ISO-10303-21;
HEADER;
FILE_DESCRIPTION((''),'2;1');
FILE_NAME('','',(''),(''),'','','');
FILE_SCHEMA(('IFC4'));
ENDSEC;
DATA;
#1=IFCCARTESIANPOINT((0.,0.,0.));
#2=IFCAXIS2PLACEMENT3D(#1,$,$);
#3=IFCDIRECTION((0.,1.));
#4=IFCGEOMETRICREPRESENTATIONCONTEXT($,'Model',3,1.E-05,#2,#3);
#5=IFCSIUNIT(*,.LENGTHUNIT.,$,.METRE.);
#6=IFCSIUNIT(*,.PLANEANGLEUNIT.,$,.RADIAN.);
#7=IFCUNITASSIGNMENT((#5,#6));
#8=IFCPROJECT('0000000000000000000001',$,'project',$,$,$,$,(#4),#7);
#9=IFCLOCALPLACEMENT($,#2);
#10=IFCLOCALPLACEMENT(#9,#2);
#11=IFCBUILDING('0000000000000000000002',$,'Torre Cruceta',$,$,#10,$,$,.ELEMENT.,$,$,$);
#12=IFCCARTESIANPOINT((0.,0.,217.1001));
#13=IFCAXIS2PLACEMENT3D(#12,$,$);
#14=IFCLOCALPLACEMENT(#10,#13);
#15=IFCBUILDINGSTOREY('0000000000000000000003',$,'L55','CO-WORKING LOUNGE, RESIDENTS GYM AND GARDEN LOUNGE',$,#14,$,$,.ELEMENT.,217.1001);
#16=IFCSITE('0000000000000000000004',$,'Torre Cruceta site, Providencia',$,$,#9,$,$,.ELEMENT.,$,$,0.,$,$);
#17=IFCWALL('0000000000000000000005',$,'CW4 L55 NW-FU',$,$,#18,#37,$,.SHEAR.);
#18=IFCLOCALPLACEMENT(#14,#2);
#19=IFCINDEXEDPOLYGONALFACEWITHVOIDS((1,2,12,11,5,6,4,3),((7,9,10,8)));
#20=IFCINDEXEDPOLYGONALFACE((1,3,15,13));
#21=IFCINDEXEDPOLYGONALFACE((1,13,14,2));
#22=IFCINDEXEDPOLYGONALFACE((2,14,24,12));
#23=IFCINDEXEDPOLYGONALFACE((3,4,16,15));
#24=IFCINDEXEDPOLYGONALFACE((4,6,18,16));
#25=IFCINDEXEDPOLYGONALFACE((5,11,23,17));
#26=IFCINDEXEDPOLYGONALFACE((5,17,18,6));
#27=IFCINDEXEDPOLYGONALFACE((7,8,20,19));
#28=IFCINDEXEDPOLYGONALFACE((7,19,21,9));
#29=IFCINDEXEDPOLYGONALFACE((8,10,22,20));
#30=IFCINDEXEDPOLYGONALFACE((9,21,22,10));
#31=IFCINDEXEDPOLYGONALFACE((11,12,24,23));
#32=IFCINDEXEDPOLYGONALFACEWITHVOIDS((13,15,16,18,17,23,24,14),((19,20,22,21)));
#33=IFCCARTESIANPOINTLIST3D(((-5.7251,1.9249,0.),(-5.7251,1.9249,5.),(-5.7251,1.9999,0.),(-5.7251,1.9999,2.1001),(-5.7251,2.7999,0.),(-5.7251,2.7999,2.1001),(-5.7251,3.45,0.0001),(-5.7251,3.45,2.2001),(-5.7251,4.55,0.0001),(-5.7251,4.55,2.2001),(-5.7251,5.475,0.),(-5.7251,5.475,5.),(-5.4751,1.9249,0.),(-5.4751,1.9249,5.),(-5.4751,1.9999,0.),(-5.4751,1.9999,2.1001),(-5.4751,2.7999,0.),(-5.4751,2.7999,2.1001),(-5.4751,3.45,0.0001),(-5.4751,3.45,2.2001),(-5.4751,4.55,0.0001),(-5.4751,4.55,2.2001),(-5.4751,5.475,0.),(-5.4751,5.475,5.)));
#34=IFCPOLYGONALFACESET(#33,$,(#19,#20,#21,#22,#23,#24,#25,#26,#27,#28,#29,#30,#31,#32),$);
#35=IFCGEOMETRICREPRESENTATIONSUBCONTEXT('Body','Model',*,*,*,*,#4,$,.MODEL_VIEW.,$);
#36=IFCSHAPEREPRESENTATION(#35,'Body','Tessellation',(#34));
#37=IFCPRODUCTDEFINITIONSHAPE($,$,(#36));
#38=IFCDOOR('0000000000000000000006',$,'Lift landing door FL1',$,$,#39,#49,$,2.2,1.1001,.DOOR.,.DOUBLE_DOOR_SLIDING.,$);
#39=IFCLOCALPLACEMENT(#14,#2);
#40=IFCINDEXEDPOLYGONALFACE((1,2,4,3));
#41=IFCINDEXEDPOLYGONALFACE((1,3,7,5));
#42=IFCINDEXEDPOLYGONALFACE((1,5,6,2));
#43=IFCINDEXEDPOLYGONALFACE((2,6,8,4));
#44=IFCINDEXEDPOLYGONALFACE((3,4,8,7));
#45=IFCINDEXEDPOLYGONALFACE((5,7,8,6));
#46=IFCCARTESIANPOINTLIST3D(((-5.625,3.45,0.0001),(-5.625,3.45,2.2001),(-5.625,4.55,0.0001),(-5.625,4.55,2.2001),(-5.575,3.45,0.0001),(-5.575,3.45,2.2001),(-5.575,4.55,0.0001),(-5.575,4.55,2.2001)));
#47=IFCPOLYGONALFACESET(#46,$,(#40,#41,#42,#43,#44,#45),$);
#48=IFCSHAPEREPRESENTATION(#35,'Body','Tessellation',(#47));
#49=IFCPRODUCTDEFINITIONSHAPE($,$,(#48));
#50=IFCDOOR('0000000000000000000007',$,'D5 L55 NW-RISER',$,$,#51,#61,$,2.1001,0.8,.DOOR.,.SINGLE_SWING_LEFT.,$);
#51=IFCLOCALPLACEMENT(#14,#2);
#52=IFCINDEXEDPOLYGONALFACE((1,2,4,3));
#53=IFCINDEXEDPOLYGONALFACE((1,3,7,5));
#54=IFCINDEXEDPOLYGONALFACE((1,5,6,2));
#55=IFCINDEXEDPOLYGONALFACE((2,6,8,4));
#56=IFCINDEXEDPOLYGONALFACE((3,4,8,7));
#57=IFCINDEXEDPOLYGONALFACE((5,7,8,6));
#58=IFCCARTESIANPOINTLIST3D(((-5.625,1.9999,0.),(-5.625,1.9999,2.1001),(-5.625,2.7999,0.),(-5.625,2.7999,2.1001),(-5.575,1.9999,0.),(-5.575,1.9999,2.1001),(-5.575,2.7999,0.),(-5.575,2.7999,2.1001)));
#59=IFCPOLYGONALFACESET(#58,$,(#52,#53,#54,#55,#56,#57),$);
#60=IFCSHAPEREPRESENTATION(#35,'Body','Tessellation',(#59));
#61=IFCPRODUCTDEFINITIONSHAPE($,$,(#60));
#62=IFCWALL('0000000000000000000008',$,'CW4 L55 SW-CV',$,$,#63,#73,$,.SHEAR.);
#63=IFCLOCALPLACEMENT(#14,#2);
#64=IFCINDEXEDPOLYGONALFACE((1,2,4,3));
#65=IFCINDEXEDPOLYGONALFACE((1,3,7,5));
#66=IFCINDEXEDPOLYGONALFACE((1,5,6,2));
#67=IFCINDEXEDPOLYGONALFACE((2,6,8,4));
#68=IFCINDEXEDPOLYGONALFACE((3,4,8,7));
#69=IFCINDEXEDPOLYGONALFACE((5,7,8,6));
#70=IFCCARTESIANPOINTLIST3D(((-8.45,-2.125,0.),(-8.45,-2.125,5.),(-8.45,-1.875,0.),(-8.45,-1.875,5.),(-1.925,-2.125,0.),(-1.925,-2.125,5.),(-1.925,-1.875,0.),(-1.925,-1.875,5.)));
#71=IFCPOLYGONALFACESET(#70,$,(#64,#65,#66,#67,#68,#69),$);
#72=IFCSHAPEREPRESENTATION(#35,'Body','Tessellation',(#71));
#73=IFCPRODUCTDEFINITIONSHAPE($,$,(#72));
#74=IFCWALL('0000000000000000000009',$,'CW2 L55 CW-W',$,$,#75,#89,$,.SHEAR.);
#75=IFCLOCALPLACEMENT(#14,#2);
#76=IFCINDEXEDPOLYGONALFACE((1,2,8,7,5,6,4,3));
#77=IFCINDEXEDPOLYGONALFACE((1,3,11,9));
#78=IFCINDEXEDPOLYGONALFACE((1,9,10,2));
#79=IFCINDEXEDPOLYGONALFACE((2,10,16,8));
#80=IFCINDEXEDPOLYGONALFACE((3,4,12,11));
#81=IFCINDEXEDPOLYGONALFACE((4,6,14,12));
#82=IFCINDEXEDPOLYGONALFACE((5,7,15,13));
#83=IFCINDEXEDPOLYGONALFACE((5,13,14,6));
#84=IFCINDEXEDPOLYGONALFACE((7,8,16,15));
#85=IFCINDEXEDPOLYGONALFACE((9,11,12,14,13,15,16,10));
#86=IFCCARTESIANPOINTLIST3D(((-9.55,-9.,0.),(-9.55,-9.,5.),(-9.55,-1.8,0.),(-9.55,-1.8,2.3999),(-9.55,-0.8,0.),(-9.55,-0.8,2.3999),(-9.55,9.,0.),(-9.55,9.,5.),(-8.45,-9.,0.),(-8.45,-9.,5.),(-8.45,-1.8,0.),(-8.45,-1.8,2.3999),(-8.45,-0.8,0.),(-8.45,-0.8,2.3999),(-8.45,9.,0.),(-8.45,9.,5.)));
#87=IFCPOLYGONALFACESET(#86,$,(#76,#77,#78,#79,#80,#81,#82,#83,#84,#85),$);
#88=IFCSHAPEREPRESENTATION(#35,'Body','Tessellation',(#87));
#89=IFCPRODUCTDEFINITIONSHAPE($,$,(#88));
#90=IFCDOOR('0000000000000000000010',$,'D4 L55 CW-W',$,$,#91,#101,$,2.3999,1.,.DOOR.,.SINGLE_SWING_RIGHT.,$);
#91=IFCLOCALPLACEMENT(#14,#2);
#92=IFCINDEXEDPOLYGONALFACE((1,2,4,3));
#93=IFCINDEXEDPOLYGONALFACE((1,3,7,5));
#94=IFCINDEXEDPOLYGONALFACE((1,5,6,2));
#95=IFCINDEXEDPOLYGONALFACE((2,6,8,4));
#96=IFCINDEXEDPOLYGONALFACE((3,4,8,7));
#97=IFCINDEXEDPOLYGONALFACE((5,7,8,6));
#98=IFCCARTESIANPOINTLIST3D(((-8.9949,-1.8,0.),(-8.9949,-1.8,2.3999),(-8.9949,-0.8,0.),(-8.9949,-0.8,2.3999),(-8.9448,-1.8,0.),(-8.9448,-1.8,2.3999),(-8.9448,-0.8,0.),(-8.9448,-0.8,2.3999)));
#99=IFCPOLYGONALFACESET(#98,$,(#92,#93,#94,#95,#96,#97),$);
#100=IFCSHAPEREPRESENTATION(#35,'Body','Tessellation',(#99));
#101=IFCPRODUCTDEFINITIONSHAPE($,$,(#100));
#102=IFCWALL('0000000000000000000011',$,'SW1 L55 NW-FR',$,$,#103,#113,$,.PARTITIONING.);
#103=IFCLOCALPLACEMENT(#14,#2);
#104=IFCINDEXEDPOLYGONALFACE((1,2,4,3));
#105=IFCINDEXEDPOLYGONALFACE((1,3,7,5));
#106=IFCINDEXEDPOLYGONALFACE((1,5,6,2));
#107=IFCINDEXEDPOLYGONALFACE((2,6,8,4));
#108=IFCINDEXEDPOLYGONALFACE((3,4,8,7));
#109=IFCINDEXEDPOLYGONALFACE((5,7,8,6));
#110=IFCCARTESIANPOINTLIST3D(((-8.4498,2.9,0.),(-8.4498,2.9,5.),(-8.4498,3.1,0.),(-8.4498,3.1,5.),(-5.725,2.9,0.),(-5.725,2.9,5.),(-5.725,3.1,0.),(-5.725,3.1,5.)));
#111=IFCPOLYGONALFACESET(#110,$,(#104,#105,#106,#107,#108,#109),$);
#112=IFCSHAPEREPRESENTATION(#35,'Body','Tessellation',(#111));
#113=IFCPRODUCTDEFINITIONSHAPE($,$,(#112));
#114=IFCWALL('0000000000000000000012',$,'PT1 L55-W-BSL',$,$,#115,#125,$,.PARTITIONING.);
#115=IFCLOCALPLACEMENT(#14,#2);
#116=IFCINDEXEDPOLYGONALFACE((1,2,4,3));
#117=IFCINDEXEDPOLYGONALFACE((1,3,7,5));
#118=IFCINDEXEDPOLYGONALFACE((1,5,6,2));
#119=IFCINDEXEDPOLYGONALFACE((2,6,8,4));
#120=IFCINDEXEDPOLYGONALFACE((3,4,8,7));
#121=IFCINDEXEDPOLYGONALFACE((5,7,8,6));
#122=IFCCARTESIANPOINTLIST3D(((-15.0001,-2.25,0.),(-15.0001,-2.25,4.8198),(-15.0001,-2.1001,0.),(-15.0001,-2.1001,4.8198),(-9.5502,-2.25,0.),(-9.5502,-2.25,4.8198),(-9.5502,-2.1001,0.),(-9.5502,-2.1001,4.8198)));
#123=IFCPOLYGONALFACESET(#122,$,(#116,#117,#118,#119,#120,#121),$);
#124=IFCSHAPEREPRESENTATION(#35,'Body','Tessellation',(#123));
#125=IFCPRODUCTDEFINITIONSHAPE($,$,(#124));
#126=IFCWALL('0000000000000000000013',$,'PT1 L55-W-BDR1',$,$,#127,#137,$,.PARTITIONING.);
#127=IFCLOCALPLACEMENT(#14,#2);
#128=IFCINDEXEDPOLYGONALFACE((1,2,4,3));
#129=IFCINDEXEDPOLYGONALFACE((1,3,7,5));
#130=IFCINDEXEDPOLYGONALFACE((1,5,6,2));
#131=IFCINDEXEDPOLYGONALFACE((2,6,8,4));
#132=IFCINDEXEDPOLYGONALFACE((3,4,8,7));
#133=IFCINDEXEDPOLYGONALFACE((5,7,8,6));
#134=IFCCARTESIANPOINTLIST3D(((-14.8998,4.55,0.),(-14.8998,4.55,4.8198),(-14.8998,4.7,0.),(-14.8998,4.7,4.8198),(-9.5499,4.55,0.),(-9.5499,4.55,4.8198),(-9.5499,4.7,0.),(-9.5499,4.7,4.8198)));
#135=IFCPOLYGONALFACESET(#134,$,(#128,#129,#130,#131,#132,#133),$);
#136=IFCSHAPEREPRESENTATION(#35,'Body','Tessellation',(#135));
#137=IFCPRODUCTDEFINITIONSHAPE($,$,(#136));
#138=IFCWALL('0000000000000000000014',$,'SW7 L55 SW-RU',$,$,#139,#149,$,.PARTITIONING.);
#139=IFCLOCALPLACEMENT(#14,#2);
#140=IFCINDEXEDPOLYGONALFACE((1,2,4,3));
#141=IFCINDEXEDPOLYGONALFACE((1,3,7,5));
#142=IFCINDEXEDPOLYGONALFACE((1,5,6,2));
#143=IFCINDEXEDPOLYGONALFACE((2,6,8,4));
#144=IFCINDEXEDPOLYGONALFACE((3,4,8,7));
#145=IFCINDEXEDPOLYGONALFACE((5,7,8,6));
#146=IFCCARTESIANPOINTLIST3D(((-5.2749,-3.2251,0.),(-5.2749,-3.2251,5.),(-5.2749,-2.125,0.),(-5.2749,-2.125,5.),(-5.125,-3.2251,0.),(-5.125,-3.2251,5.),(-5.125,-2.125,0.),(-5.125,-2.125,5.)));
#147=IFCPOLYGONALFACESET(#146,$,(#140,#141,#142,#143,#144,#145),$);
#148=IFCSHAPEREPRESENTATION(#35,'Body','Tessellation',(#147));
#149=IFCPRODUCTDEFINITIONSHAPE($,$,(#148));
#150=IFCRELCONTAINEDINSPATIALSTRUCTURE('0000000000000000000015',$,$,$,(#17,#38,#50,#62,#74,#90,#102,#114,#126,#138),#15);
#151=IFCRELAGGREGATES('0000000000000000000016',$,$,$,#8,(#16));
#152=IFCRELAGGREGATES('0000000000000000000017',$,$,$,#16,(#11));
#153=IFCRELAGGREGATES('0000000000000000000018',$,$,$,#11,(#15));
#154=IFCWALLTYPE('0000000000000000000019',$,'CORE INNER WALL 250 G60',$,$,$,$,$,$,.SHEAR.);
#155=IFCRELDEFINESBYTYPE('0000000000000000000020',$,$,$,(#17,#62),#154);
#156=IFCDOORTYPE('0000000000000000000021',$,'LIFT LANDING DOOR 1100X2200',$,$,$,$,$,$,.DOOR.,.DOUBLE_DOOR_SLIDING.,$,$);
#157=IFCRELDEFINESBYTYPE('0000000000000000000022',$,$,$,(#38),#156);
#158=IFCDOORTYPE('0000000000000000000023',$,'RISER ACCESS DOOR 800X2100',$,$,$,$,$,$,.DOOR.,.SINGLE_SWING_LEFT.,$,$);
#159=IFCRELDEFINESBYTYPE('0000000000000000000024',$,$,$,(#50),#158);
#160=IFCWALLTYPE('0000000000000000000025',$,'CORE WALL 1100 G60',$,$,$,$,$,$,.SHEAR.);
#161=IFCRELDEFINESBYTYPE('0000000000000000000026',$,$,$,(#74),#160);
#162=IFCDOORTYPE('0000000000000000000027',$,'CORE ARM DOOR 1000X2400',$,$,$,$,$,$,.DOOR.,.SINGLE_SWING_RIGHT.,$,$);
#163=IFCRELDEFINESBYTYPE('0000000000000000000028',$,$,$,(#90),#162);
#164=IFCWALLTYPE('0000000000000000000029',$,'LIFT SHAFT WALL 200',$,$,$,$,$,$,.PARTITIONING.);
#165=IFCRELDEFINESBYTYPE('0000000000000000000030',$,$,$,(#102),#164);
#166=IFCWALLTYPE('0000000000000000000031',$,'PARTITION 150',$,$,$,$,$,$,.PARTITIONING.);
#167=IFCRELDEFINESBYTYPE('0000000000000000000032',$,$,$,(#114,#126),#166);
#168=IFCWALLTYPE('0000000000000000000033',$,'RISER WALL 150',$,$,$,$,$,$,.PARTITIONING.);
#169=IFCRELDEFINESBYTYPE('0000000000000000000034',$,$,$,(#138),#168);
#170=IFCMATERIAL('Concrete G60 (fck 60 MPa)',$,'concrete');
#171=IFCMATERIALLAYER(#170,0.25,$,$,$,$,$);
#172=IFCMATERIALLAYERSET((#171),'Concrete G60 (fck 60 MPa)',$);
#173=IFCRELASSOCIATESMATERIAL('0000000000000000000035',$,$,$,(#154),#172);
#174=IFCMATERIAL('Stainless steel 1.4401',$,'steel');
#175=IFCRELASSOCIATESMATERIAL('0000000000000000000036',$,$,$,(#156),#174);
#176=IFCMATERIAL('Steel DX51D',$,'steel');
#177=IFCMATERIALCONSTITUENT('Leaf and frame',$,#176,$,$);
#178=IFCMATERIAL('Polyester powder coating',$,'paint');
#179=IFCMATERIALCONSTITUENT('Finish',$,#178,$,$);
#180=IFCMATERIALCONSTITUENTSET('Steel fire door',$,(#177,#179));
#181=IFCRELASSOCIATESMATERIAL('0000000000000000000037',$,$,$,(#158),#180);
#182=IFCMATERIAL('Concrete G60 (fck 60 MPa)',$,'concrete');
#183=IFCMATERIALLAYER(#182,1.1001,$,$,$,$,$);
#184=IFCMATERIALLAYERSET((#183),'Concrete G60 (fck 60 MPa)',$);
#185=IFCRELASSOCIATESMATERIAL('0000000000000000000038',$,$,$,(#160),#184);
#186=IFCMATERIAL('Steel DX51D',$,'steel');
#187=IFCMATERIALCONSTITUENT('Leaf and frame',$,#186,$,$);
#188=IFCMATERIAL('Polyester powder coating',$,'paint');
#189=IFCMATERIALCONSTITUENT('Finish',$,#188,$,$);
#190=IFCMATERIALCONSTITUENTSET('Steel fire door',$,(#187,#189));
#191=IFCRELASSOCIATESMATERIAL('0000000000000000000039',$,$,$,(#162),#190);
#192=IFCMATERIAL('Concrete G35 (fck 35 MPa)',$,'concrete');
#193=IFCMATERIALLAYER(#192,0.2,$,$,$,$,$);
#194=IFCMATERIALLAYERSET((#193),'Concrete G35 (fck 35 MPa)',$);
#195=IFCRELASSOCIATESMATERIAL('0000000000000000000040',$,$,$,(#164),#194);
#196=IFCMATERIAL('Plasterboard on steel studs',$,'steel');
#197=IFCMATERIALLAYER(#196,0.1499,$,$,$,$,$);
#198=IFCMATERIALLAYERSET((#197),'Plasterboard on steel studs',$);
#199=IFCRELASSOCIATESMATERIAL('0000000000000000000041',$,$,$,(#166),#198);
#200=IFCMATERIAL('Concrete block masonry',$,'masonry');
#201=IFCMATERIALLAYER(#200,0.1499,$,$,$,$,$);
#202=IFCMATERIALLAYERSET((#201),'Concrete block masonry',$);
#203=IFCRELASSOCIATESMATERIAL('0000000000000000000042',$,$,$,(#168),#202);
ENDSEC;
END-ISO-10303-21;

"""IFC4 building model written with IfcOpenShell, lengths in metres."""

from ifc_helpers import new_model, si_unit, direction, frame, frame_2d, origin, place, context, subcontext, project, spatial, rectangle, extrude, material, layer, layer_set, constituent, constituent_set, type_object, element, fill, save


model = new_model("IFC4")

# Units and contexts
model_context = context("Model", 3, precision=1e-05, world=origin(), true_north=direction((0.0, 1.0)))
body_context = subcontext(model_context, "Body", "Model", "MODEL_VIEW")
ifc_project = project(units=[si_unit("LENGTHUNIT", "METRE"), si_unit("PLANEANGLEUNIT", "RADIAN")], contexts=[model_context])

# Site, building, storey
site_placement = place(None, origin())
site = spatial("IfcSite", under=ifc_project, at=site_placement, Name="Torre Cruceta site, Providencia", CompositionType="ELEMENT", RefElevation=0.0)
building_placement = place(site_placement, origin())
building = spatial("IfcBuilding", under=site, at=building_placement, Name="Torre Cruceta", CompositionType="ELEMENT")
storey_placement = place(building_placement, frame((0.0, 0.0, 217.1001)))
storey = spatial("IfcBuildingStorey", under=building, at=storey_placement, Name="L55", Description="CO-WORKING LOUNGE, RESIDENTS GYM AND GARDEN LOUNGE", CompositionType="ELEMENT", Elevation=217.1001)

# Shared definitions
ifc_material_1 = material(Name="Concrete G60 (fck 60 MPa)", Category="concrete")
ifc_layer_1 = layer(ifc_material_1, 0.25)
ifc_layer_set_1 = layer_set([ifc_layer_1], Name="Concrete G60 (fck 60 MPa)")
wall_type_1 = type_object("IfcWallType", Name="CORE INNER WALL 250 G60", PredefinedType="SHEAR", material=ifc_layer_set_1)

# Wall, openings, doors
wall_1_placement = place(storey_placement, frame((-5.6001, 1.925, 0.0), z_axis=(0.0, 0.0, 1.0), x_axis=(0.0, 1.0, 0.0)))
wall_1 = element("IfcWall", 1, at=wall_1_placement, inside=storey, type_object=wall_type_1, Name="CW4 L55 NW-FU", PredefinedType="SHEAR", context=body_context, shape_type="SweptSolid", body=[
    extrude(rectangle(XDim=3.55, YDim=0.25, at=frame_2d((1.7749, 0.0))), origin(), (0.0, 0.0, 1.0), 5.0),
])
opening_1_placement = place(wall_1_placement, frame((1.5249, 0.0, 0.0)))
opening_1 = element("IfcOpeningElement", 2, at=opening_1_placement, cuts=wall_1, PredefinedType="OPENING", context=body_context, shape_type="SweptSolid", body=[
    extrude(rectangle(XDim=1.1001, YDim=2.2, at=frame_2d((0.55, 1.1001))), frame((0.0, 0.135, 0.0), z_axis=(0.0, -1.0, 0.0), x_axis=(1.0, 0.0, 0.0)), (0.0, 0.0, 1.0), 0.27),
])
opening_2_placement = place(wall_1_placement, frame((0.075, 0.0, 0.0)))
opening_2 = element("IfcOpeningElement", 3, at=opening_2_placement, cuts=wall_1, PredefinedType="OPENING", context=body_context, shape_type="SweptSolid", body=[
    extrude(rectangle(XDim=0.8, YDim=2.1001, at=frame_2d((0.3999, 1.05))), frame((0.0, 0.135, 0.0), z_axis=(0.0, -1.0, 0.0), x_axis=(1.0, 0.0, 0.0)), (0.0, 0.0, 1.0), 0.27),
])
ifc_material_2 = material(Name="Stainless steel 1.4401", Category="steel")
door_type_1 = type_object("IfcDoorType", Name="LIFT LANDING DOOR 1100X2200", OperationType="DOUBLE_DOOR_SLIDING", PredefinedType="DOOR", material=ifc_material_2)
door_1_placement = place(opening_1_placement, origin())
door_1 = element("IfcDoor", 4, at=door_1_placement, inside=storey, type_object=door_type_1, Name="Lift landing door FL1", OperationType="DOUBLE_DOOR_SLIDING", OverallHeight=2.2, OverallWidth=1.1001, PredefinedType="DOOR", context=body_context, shape_type="SweptSolid", body=[
    extrude(rectangle(XDim=1.1001, YDim=2.2, at=frame_2d((0.55, 1.1001))), frame((0.0, 0.0249, 0.0), z_axis=(0.0, -1.0, 0.0), x_axis=(1.0, 0.0, 0.0)), (0.0, 0.0, 1.0), 0.05),
])
fill(opening_1, door_1)
ifc_material_3 = material(Name="Steel DX51D", Category="steel")
ifc_constituent_1 = constituent(ifc_material_3, Name="Leaf and frame")
ifc_material_4 = material(Name="Polyester powder coating", Category="paint")
ifc_constituent_2 = constituent(ifc_material_4, Name="Finish")
ifc_constituent_set_1 = constituent_set(constituents=[ifc_constituent_1, ifc_constituent_2], Name="Steel fire door")
door_type_2 = type_object("IfcDoorType", Name="RISER ACCESS DOOR 800X2100", OperationType="SINGLE_SWING_LEFT", PredefinedType="DOOR", material=ifc_constituent_set_1)
door_2_placement = place(opening_2_placement, origin())
door_2 = element("IfcDoor", 5, at=door_2_placement, inside=storey, type_object=door_type_2, Name="D5 L55 NW-RISER", OperationType="SINGLE_SWING_LEFT", OverallHeight=2.1001, OverallWidth=0.8, PredefinedType="DOOR", context=body_context, shape_type="SweptSolid", body=[
    extrude(rectangle(XDim=0.8, YDim=2.1001, at=frame_2d((0.3999, 1.05))), frame((0.0, 0.0249, 0.0), z_axis=(0.0, -1.0, 0.0), x_axis=(1.0, 0.0, 0.0)), (0.0, 0.0, 1.0), 0.05),
])
fill(opening_2, door_2)

# Wall
wall_2_placement = place(storey_placement, frame((-1.925, -2.0, 0.0), z_axis=(0.0, 0.0, 1.0), x_axis=(-1.0, 0.0, 0.0)))
element("IfcWall", 6, at=wall_2_placement, inside=storey, type_object=wall_type_1, Name="CW4 L55 SW-CV", PredefinedType="SHEAR", context=body_context, shape_type="SweptSolid", body=[
    extrude(rectangle(XDim=6.5249, YDim=0.25, at=frame_2d((3.2625, 0.0))), origin(), (0.0, 0.0, 1.0), 5.0),
])

# Wall, opening, door
ifc_material_5 = material(Name="Concrete G60 (fck 60 MPa)", Category="concrete")
ifc_layer_2 = layer(ifc_material_5, 1.1001)
ifc_layer_set_2 = layer_set([ifc_layer_2], Name="Concrete G60 (fck 60 MPa)")
wall_type_2 = type_object("IfcWallType", Name="CORE WALL 1100 G60", PredefinedType="SHEAR", material=ifc_layer_set_2)
wall_3_placement = place(storey_placement, frame((-9.0, 9.0, 0.0), z_axis=(0.0, 0.0, 1.0), x_axis=(0.0, -1.0, 0.0)))
wall_3 = element("IfcWall", 7, at=wall_3_placement, inside=storey, type_object=wall_type_2, Name="CW2 L55 CW-W", PredefinedType="SHEAR", context=body_context, shape_type="SweptSolid", body=[
    extrude(rectangle(XDim=18.0, YDim=1.1001, at=frame_2d((9.0, 0.0))), origin(), (0.0, 0.0, 1.0), 5.0),
])
opening_3_placement = place(wall_3_placement, frame((9.8, 0.0, 0.0)))
opening_3 = element("IfcOpeningElement", 8, at=opening_3_placement, cuts=wall_3, PredefinedType="OPENING", context=body_context, shape_type="SweptSolid", body=[
    extrude(rectangle(XDim=1.0, YDim=2.3999, at=frame_2d((0.5, 1.2))), frame((0.0, 0.5601, 0.0), z_axis=(0.0, -1.0, 0.0), x_axis=(1.0, 0.0, 0.0)), (0.0, 0.0, 1.0), 1.1201),
])
ifc_material_6 = material(Name="Steel DX51D", Category="steel")
ifc_constituent_3 = constituent(ifc_material_6, Name="Leaf and frame")
ifc_material_7 = material(Name="Polyester powder coating", Category="paint")
ifc_constituent_4 = constituent(ifc_material_7, Name="Finish")
ifc_constituent_set_2 = constituent_set(constituents=[ifc_constituent_3, ifc_constituent_4], Name="Steel fire door")
door_type_3 = type_object("IfcDoorType", Name="CORE ARM DOOR 1000X2400", OperationType="SINGLE_SWING_RIGHT", PredefinedType="DOOR", material=ifc_constituent_set_2)
door_3_placement = place(opening_3_placement, frame((1.0, 0.0, 0.0), z_axis=(0.0, 0.0, 1.0), x_axis=(-1.0, 0.0, 0.0)))
door_3 = element("IfcDoor", 9, at=door_3_placement, inside=storey, type_object=door_type_3, Name="D4 L55 CW-W", OperationType="SINGLE_SWING_RIGHT", OverallHeight=2.3999, OverallWidth=1.0, PredefinedType="DOOR", context=body_context, shape_type="SweptSolid", body=[
    extrude(rectangle(XDim=1.0, YDim=2.3999, at=frame_2d((0.5, 1.2))), frame((0.0, -0.0051, 0.0), z_axis=(0.0, -1.0, 0.0), x_axis=(1.0, 0.0, 0.0)), (0.0, 0.0, 1.0), 0.05),
])
fill(opening_3, door_3)

# Walls
ifc_material_8 = material(Name="Concrete G35 (fck 35 MPa)", Category="concrete")
ifc_layer_3 = layer(ifc_material_8, 0.2)
ifc_layer_set_3 = layer_set([ifc_layer_3], Name="Concrete G35 (fck 35 MPa)")
wall_type_3 = type_object("IfcWallType", Name="LIFT SHAFT WALL 200", PredefinedType="PARTITIONING", material=ifc_layer_set_3)
wall_4_placement = place(storey_placement, frame((-5.7251, 3.0, 0.0), z_axis=(0.0, 0.0, 1.0), x_axis=(-1.0, 0.0, 0.0)))
element("IfcWall", 10, at=wall_4_placement, inside=storey, type_object=wall_type_3, Name="SW1 L55 NW-FR", PredefinedType="PARTITIONING", context=body_context, shape_type="SweptSolid", body=[
    extrude(rectangle(XDim=2.7249, YDim=0.2, at=frame_2d((1.3623, 0.0))), origin(), (0.0, 0.0, 1.0), 5.0),
])
ifc_material_9 = material(Name="Plasterboard on steel studs", Category="steel")
ifc_layer_4 = layer(ifc_material_9, 0.1499)
ifc_layer_set_4 = layer_set([ifc_layer_4], Name="Plasterboard on steel studs")
wall_type_4 = type_object("IfcWallType", Name="PARTITION 150", PredefinedType="PARTITIONING", material=ifc_layer_set_4)
wall_5_placement = place(storey_placement, frame((-9.55, -2.175, 0.0), z_axis=(0.0, 0.0, 1.0), x_axis=(-1.0, 0.0, 0.0)))
element("IfcWall", 11, at=wall_5_placement, inside=storey, type_object=wall_type_4, Name="PT1 L55-W-BSL", PredefinedType="PARTITIONING", context=body_context, shape_type="SweptSolid", body=[
    extrude(rectangle(XDim=5.45, YDim=0.1499, at=frame_2d((2.7251, 0.0))), origin(), (0.0, 0.0, 1.0), 4.8198),
])
wall_6_placement = place(storey_placement, frame((-9.55, 4.625, 0.0), z_axis=(0.0, 0.0, 1.0), x_axis=(-1.0, 0.0, 0.0)))
element("IfcWall", 12, at=wall_6_placement, inside=storey, type_object=wall_type_4, Name="PT1 L55-W-BDR1", PredefinedType="PARTITIONING", context=body_context, shape_type="SweptSolid", body=[
    extrude(rectangle(XDim=5.3499, YDim=0.1499, at=frame_2d((2.6748, 0.0))), origin(), (0.0, 0.0, 1.0), 4.8198),
])
ifc_material_10 = material(Name="Concrete block masonry", Category="masonry")
ifc_layer_5 = layer(ifc_material_10, 0.1499)
ifc_layer_set_5 = layer_set([ifc_layer_5], Name="Concrete block masonry")
wall_type_5 = type_object("IfcWallType", Name="RISER WALL 150", PredefinedType="PARTITIONING", material=ifc_layer_set_5)
wall_7_placement = place(storey_placement, frame((-5.2, -2.125, 0.0), z_axis=(0.0, 0.0, 1.0), x_axis=(0.0, -1.0, 0.0)))
element("IfcWall", 13, at=wall_7_placement, inside=storey, type_object=wall_type_5, Name="SW7 L55 SW-RU", PredefinedType="PARTITIONING", context=body_context, shape_type="SweptSolid", body=[
    extrude(rectangle(XDim=1.1001, YDim=0.1499, at=frame_2d((0.55, 0.0))), origin(), (0.0, 0.0, 1.0), 5.0),
])

save(model, "model.ifc")
